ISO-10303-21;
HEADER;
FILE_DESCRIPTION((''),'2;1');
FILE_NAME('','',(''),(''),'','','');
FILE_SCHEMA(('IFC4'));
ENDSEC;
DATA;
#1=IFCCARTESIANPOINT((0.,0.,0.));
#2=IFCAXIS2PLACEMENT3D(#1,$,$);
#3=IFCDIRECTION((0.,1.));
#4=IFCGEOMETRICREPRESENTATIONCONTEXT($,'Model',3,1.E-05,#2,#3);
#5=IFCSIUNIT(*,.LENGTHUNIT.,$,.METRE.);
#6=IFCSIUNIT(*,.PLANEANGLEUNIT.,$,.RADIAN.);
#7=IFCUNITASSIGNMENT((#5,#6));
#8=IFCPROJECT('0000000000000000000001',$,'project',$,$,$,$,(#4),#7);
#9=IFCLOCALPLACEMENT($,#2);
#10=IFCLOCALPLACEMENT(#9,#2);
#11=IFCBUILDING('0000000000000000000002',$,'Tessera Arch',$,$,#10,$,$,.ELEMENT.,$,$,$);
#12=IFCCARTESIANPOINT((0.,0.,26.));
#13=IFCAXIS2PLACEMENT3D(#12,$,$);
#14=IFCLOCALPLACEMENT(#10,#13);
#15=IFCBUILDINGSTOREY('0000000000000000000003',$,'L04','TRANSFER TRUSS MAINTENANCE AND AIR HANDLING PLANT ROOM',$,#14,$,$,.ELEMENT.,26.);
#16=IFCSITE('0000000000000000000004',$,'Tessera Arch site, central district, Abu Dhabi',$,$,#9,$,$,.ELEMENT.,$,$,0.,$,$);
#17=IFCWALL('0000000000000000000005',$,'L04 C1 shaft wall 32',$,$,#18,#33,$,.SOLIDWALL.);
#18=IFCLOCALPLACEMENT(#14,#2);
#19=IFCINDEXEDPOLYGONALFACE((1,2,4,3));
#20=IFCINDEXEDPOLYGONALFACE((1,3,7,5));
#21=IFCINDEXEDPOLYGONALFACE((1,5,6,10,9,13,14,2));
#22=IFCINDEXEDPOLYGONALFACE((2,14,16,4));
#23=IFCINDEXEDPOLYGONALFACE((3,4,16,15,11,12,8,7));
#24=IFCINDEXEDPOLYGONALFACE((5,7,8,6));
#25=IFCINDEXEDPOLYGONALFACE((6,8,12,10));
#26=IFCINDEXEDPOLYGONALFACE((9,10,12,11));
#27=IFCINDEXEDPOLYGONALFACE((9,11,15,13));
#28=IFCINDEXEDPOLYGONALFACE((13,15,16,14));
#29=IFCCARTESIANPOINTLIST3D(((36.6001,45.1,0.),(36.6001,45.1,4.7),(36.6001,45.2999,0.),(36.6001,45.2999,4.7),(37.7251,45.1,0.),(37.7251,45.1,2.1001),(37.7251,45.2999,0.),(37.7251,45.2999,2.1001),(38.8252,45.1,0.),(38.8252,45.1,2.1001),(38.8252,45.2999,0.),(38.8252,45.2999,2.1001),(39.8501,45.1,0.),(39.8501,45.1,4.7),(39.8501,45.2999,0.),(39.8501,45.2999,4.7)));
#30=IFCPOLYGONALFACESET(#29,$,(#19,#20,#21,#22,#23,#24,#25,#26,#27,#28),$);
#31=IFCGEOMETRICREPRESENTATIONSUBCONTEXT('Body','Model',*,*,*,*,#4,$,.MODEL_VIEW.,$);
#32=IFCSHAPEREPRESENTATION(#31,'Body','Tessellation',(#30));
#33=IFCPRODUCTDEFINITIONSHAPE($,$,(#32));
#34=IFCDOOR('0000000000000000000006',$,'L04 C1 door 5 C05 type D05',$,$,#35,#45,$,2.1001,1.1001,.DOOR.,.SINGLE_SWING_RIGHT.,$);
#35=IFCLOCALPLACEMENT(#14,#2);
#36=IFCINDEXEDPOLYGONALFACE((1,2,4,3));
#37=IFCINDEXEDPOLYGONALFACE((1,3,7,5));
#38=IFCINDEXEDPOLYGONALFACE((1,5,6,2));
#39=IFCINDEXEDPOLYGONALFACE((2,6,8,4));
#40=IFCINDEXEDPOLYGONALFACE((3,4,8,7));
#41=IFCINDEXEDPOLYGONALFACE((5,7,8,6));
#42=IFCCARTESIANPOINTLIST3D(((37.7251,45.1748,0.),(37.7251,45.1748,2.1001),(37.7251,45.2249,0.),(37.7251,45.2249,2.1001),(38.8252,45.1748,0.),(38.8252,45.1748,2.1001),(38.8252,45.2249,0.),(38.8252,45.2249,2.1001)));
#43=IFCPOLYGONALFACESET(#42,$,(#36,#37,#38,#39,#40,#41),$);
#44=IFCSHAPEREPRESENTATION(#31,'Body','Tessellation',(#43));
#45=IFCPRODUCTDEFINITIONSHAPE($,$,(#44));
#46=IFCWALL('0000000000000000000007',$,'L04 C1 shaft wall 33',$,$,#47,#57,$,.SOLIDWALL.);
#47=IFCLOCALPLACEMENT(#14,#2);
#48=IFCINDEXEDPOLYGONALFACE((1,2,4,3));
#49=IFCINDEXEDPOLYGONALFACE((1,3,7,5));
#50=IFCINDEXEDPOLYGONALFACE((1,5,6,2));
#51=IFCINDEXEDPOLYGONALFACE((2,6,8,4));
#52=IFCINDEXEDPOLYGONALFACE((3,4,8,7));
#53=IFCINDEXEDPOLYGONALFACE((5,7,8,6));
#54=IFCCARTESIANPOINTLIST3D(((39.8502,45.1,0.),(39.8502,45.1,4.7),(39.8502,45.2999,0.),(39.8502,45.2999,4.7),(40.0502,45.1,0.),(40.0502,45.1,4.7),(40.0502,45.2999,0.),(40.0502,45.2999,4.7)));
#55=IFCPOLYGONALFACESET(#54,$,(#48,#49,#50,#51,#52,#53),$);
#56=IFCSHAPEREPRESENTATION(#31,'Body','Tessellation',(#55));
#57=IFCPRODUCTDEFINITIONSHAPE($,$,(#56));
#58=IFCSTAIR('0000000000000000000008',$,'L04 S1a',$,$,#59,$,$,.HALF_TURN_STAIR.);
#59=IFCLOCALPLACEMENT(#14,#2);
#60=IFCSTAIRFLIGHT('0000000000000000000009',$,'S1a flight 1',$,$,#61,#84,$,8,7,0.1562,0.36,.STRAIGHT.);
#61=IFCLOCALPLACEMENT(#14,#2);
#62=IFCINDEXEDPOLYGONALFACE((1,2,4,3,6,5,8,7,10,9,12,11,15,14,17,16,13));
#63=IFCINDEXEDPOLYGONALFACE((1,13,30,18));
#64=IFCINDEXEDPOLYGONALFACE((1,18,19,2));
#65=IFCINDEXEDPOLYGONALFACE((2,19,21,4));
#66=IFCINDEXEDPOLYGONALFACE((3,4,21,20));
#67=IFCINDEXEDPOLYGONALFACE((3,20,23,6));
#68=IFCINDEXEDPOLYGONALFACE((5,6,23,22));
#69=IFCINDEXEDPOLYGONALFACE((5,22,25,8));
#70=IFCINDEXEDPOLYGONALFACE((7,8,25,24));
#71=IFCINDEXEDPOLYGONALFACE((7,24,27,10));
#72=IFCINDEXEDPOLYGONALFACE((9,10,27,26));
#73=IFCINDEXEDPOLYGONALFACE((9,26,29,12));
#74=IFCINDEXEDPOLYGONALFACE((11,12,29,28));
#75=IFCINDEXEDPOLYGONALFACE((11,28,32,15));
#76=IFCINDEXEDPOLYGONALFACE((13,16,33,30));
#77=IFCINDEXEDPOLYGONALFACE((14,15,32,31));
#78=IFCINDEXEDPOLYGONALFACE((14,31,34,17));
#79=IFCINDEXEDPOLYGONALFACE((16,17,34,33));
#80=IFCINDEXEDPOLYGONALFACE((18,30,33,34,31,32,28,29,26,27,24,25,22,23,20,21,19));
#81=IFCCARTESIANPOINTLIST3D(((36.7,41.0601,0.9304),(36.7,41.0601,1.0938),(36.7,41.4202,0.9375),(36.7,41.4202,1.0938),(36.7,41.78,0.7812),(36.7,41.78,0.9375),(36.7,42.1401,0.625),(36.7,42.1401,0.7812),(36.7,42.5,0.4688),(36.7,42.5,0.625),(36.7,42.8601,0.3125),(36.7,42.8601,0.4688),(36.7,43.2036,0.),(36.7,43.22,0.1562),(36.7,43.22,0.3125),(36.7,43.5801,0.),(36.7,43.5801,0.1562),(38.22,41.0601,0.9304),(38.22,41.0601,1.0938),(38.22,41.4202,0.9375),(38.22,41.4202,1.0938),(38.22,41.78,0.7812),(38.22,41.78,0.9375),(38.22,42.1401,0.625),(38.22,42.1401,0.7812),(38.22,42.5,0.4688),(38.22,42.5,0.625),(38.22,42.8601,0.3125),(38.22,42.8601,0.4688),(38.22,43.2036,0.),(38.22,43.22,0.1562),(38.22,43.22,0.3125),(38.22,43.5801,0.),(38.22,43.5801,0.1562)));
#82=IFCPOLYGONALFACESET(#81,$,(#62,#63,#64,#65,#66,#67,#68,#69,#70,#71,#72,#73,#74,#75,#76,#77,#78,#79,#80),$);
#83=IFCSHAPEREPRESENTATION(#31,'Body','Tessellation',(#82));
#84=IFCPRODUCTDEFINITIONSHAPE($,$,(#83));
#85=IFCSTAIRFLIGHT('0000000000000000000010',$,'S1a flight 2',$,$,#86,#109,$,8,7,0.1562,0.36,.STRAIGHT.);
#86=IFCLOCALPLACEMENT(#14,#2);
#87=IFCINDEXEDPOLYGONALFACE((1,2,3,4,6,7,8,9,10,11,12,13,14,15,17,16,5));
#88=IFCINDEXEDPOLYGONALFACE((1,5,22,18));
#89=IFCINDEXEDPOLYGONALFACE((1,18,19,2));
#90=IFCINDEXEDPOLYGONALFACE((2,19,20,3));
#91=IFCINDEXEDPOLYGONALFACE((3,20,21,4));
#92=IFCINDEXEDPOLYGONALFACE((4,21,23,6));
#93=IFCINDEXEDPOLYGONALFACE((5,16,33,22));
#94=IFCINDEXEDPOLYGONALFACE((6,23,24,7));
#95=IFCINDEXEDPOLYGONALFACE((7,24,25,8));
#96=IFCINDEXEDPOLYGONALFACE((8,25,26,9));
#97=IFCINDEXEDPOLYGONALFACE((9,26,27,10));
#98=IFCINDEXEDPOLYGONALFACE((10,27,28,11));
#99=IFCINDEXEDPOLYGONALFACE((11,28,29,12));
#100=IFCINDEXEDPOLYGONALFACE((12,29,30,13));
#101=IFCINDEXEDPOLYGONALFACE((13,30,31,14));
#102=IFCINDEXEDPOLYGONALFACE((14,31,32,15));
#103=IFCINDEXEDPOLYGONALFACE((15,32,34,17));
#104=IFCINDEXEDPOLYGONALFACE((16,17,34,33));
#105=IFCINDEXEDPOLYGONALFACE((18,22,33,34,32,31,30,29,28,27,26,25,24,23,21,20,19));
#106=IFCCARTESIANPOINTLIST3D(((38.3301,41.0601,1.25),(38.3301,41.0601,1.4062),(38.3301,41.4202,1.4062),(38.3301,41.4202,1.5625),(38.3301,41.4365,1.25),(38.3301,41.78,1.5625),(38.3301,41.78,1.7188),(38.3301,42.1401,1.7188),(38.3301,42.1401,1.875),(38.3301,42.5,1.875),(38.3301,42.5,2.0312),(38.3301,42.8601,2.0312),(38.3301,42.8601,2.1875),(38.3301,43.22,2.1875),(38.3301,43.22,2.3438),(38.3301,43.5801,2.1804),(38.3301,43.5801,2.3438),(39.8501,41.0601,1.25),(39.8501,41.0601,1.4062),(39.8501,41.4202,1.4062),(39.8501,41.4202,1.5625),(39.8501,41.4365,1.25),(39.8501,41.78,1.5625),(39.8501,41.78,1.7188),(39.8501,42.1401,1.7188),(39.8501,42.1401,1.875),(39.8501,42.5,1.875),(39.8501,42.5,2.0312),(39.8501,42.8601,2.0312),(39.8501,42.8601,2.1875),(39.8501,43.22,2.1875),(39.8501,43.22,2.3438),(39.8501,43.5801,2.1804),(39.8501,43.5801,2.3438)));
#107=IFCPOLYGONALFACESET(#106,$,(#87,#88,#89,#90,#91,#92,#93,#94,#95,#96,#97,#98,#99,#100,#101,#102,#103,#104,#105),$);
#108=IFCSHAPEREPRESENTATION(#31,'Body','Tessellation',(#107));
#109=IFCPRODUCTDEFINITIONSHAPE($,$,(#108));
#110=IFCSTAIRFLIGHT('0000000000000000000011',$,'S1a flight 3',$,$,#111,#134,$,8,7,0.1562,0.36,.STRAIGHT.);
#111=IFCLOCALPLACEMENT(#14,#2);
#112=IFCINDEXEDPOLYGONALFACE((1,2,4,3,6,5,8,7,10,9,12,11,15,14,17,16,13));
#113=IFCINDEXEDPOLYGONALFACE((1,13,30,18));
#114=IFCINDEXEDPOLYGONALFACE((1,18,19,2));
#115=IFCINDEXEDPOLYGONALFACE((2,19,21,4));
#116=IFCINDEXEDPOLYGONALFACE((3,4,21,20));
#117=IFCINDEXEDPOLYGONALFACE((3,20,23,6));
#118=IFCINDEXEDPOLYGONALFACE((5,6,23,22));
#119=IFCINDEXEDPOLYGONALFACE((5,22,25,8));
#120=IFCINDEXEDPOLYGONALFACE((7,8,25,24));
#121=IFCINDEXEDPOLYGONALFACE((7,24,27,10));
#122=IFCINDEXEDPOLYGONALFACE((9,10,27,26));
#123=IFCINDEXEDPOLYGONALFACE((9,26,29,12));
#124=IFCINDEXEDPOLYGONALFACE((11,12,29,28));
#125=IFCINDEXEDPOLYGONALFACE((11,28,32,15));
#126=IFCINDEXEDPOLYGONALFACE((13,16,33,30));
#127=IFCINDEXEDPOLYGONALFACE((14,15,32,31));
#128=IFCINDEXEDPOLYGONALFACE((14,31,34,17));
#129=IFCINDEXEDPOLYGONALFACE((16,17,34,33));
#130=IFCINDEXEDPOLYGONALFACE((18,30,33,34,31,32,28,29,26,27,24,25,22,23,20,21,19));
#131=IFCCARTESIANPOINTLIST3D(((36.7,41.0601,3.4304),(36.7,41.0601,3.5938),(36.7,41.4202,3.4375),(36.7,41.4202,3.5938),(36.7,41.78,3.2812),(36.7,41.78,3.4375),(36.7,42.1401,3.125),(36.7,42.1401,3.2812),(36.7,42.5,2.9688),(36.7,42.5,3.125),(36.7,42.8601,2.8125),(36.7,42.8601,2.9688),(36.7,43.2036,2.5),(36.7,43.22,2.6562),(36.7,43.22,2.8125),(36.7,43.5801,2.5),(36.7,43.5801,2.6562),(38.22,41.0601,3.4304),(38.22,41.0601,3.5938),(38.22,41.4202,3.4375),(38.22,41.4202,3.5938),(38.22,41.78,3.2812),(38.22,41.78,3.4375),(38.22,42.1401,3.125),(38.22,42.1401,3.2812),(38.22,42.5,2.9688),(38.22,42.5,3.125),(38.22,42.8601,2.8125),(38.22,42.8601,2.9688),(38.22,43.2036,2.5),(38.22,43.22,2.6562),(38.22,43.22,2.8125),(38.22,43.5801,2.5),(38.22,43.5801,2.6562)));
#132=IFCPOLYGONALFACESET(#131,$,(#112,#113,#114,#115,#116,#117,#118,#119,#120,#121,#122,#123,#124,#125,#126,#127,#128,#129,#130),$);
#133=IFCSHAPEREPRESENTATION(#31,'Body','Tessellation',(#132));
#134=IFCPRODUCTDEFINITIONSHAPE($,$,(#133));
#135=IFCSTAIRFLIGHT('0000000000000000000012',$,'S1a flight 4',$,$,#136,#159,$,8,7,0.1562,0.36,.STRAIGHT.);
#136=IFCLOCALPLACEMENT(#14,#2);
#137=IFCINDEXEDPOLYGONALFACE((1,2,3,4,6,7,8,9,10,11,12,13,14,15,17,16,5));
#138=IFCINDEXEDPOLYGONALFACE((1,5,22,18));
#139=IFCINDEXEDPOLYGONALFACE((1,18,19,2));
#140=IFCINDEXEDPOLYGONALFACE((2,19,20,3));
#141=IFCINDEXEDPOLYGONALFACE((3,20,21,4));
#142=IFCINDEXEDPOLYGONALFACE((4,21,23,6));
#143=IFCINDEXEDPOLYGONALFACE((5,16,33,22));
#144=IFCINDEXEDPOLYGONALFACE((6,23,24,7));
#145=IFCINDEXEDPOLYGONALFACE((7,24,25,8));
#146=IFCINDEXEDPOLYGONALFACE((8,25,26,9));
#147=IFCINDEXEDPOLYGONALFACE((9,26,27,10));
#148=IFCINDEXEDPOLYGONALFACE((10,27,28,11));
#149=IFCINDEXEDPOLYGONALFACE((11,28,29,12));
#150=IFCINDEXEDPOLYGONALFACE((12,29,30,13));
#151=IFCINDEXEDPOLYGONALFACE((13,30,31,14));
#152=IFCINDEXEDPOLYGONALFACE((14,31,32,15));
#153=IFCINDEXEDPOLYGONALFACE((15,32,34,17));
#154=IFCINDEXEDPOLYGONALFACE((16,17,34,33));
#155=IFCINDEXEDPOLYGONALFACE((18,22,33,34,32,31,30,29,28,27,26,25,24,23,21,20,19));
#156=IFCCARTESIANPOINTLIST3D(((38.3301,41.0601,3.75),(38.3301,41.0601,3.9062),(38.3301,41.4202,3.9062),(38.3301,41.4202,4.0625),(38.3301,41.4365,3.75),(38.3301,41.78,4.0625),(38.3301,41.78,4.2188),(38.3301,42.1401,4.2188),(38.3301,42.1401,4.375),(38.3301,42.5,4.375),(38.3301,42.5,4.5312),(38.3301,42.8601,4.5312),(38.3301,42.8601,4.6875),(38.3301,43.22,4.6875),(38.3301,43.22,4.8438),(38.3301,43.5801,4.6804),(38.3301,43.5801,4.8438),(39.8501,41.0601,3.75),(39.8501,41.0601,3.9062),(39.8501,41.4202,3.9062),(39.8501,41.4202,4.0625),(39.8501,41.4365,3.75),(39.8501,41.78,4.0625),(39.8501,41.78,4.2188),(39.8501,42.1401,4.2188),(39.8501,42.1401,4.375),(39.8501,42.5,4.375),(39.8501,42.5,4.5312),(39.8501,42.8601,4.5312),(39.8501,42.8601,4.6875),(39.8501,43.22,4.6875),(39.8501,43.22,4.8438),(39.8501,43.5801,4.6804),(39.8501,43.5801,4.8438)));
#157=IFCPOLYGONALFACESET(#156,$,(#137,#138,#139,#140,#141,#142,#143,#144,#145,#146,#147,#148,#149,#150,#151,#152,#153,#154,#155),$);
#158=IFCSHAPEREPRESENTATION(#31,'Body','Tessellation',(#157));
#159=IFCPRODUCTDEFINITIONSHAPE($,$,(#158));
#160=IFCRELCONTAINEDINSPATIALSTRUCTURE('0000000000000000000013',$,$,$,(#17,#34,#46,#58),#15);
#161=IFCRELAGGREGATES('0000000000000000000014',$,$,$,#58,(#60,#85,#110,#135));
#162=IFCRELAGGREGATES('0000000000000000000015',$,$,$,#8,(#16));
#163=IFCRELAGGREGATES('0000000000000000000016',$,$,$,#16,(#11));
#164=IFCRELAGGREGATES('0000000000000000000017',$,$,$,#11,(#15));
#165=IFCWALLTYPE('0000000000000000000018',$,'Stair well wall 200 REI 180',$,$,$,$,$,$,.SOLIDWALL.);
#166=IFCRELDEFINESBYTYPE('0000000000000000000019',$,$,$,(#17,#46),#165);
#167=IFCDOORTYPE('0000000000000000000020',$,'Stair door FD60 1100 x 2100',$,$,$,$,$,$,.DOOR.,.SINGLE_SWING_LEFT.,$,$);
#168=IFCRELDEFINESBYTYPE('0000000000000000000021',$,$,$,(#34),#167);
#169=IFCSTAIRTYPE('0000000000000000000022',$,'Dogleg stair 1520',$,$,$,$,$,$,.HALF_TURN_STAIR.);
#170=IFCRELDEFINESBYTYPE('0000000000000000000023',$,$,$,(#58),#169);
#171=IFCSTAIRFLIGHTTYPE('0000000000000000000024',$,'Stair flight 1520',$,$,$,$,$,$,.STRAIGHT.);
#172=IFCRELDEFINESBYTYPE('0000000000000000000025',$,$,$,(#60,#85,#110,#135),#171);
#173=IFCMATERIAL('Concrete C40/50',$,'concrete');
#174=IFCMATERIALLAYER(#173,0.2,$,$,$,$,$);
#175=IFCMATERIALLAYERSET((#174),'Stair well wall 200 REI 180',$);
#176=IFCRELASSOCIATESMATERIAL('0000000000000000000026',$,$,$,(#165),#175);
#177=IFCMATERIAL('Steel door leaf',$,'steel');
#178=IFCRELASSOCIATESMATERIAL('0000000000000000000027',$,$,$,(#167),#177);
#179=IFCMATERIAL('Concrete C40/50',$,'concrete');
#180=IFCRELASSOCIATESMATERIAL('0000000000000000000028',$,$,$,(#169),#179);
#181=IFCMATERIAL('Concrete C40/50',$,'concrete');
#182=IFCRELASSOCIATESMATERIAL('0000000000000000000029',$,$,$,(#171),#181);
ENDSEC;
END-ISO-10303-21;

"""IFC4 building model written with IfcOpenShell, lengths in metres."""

from ifc_helpers import new_model, si_unit, direction, frame, frame_2d, origin, place, context, subcontext, project, spatial, polyline, rectangle, outline, extrude, material, layer, layer_set, type_object, element, fill, aggregate, save


model = new_model("IFC4")

# Units and contexts
model_context = context("Model", 3, precision=1e-05, world=origin(), true_north=direction((0.0, 1.0)))
body_context = subcontext(model_context, "Body", "Model", "MODEL_VIEW")
ifc_project = project(units=[si_unit("LENGTHUNIT", "METRE"), si_unit("PLANEANGLEUNIT", "RADIAN")], contexts=[model_context])

# Site, building, storey
site_placement = place(None, origin())
site = spatial("IfcSite", under=ifc_project, at=site_placement, Name="Tessera Arch site, central district, Abu Dhabi", CompositionType="ELEMENT", RefElevation=0.0)
building_placement = place(site_placement, origin())
building = spatial("IfcBuilding", under=site, at=building_placement, Name="Tessera Arch", CompositionType="ELEMENT")
storey_placement = place(building_placement, frame((0.0, 0.0, 26.0)))
storey = spatial("IfcBuildingStorey", under=building, at=storey_placement, Name="L04", Description="TRANSFER TRUSS MAINTENANCE AND AIR HANDLING PLANT ROOM", CompositionType="ELEMENT", Elevation=26.0)

# Shared definitions
ifc_material_1 = material(Name="Concrete C40/50", Category="concrete")
ifc_layer_1 = layer(ifc_material_1, 0.2)
ifc_layer_set_1 = layer_set([ifc_layer_1], Name="Stair well wall 200 REI 180")
wall_type_1 = type_object("IfcWallType", Name="Stair well wall 200 REI 180", PredefinedType="SOLIDWALL", material=ifc_layer_set_1)

# Wall, opening, door
wall_1_placement = place(storey_placement, frame((36.6001, 45.2, 0.0), z_axis=(0.0, 0.0, 1.0), x_axis=(1.0, 0.0, 0.0)))
wall_1 = element("IfcWall", 1, at=wall_1_placement, inside=storey, type_object=wall_type_1, Name="L04 C1 shaft wall 32", PredefinedType="SOLIDWALL", context=body_context, shape_type="SweptSolid", body=[
    extrude(rectangle(XDim=3.25, YDim=0.2, at=frame_2d((1.625, 0.0))), origin(), (0.0, 0.0, 1.0), 4.7),
])
opening_1_placement = place(wall_1_placement, frame((1.125, 0.0, 0.0)))
opening_1 = element("IfcOpeningElement", 2, at=opening_1_placement, cuts=wall_1, PredefinedType="OPENING", context=body_context, shape_type="SweptSolid", body=[
    extrude(rectangle(XDim=1.1001, YDim=2.1001, at=frame_2d((0.55, 1.05))), frame((0.0, 0.1099, 0.0), z_axis=(0.0, -1.0, 0.0), x_axis=(1.0, 0.0, 0.0)), (0.0, 0.0, 1.0), 0.22),
])
ifc_material_2 = material(Name="Steel door leaf", Category="steel")
door_type_1 = type_object("IfcDoorType", Name="Stair door FD60 1100 x 2100", OperationType="SINGLE_SWING_LEFT", PredefinedType="DOOR", material=ifc_material_2)
door_1_placement = place(opening_1_placement, origin())
door_1 = element("IfcDoor", 3, at=door_1_placement, inside=storey, type_object=door_type_1, Name="L04 C1 door 5 C05 type D05", OperationType="SINGLE_SWING_RIGHT", OverallHeight=2.1001, OverallWidth=1.1001, PredefinedType="DOOR", context=body_context, shape_type="SweptSolid", body=[
    extrude(rectangle(XDim=1.1001, YDim=2.1001, at=frame_2d((0.55, 1.05))), frame((0.0, 0.0249, 0.0), z_axis=(0.0, -1.0, 0.0), x_axis=(1.0, 0.0, 0.0)), (0.0, 0.0, 1.0), 0.05),
])
fill(opening_1, door_1)

# Wall
wall_2_placement = place(storey_placement, frame((39.8501, 45.2, 0.0), z_axis=(0.0, 0.0, 1.0), x_axis=(1.0, 0.0, 0.0)))
element("IfcWall", 4, at=wall_2_placement, inside=storey, type_object=wall_type_1, Name="L04 C1 shaft wall 33", PredefinedType="SOLIDWALL", context=body_context, shape_type="SweptSolid", body=[
    extrude(rectangle(XDim=0.2, YDim=0.2, at=frame_2d((0.1001, 0.0))), origin(), (0.0, 0.0, 1.0), 4.7),
])

# Stair, stair flights
ifc_material_3 = material(Name="Concrete C40/50", Category="concrete")
stair_type = type_object("IfcStairType", Name="Dogleg stair 1520", PredefinedType="HALF_TURN_STAIR", material=ifc_material_3)
stair_placement = place(storey_placement, origin())
stair = element("IfcStair", 5, at=stair_placement, inside=storey, type_object=stair_type, Name="L04 S1a", PredefinedType="HALF_TURN_STAIR")
ifc_material_4 = material(Name="Concrete C40/50", Category="concrete")
stair_flight_type = type_object("IfcStairFlightType", Name="Stair flight 1520", PredefinedType="STRAIGHT", material=ifc_material_4)
stair_flight_1_placement = place(storey_placement, frame((37.46, 43.5801, 0.0), z_axis=(0.0, 0.0, 1.0), x_axis=(0.0, -1.0, 0.0)))
stair_flight_1 = element("IfcStairFlight", 6, at=stair_flight_1_placement, type_object=stair_flight_type, Name="S1a flight 1", NumberOfRisers=8, NumberOfTreads=7, PredefinedType="STRAIGHT", RiserHeight=0.1562, TreadLength=0.36, context=body_context, shape_type="SweptSolid", body=[
    extrude(outline(polyline([(0.0, 0.0), (0.0, 0.1562), (0.3601, 0.1562), (0.3601, 0.3125), (0.72, 0.3125), (0.72, 0.4688), (1.0801, 0.4688), (1.0801, 0.625), (1.4399, 0.625), (1.4399, 0.7812), (1.8, 0.7812), (1.8, 0.9375), (2.1599, 0.9375), (2.1599, 1.0938), (2.52, 1.0938), (2.52, 1.25), (2.52, 0.9304), (0.3765, 0.0), (0.0, 0.0)])), frame((0.0, 0.76, 0.0), z_axis=(0.0, -1.0, 0.0), x_axis=(1.0, 0.0, 0.0)), (0.0, 0.0, 1.0), 1.52),
])
stair_flight_2_placement = place(storey_placement, frame((39.0901, 41.0601, 1.25), z_axis=(0.0, 0.0, 1.0), x_axis=(0.0, 1.0, 0.0)))
stair_flight_2 = element("IfcStairFlight", 7, at=stair_flight_2_placement, type_object=stair_flight_type, Name="S1a flight 2", NumberOfRisers=8, NumberOfTreads=7, PredefinedType="STRAIGHT", RiserHeight=0.1562, TreadLength=0.36, context=body_context, shape_type="SweptSolid", body=[
    extrude(outline(polyline([(0.0, 0.0), (0.0, 0.1562), (0.3601, 0.1562), (0.3601, 0.3125), (0.72, 0.3125), (0.72, 0.4688), (1.0801, 0.4688), (1.0801, 0.625), (1.4399, 0.625), (1.4399, 0.7812), (1.8, 0.7812), (1.8, 0.9375), (2.1599, 0.9375), (2.1599, 1.0938), (2.52, 1.0938), (2.52, 1.25), (2.52, 0.9304), (0.3765, 0.0), (0.0, 0.0)])), frame((0.0, 0.76, 0.0), z_axis=(0.0, -1.0, 0.0), x_axis=(1.0, 0.0, 0.0)), (0.0, 0.0, 1.0), 1.52),
])
stair_flight_3_placement = place(storey_placement, frame((37.46, 43.5801, 2.5), z_axis=(0.0, 0.0, 1.0), x_axis=(0.0, -1.0, 0.0)))
stair_flight_3 = element("IfcStairFlight", 8, at=stair_flight_3_placement, type_object=stair_flight_type, Name="S1a flight 3", NumberOfRisers=8, NumberOfTreads=7, PredefinedType="STRAIGHT", RiserHeight=0.1562, TreadLength=0.36, context=body_context, shape_type="SweptSolid", body=[
    extrude(outline(polyline([(0.0, 0.0), (0.0, 0.1562), (0.3601, 0.1562), (0.3601, 0.3125), (0.72, 0.3125), (0.72, 0.4688), (1.0801, 0.4688), (1.0801, 0.625), (1.4399, 0.625), (1.4399, 0.7812), (1.8, 0.7812), (1.8, 0.9375), (2.1599, 0.9375), (2.1599, 1.0938), (2.52, 1.0938), (2.52, 1.25), (2.52, 0.9304), (0.3765, 0.0), (0.0, 0.0)])), frame((0.0, 0.76, 0.0), z_axis=(0.0, -1.0, 0.0), x_axis=(1.0, 0.0, 0.0)), (0.0, 0.0, 1.0), 1.52),
])
stair_flight_4_placement = place(storey_placement, frame((39.0901, 41.0601, 3.75), z_axis=(0.0, 0.0, 1.0), x_axis=(0.0, 1.0, 0.0)))
stair_flight_4 = element("IfcStairFlight", 9, at=stair_flight_4_placement, type_object=stair_flight_type, Name="S1a flight 4", NumberOfRisers=8, NumberOfTreads=7, PredefinedType="STRAIGHT", RiserHeight=0.1562, TreadLength=0.36, context=body_context, shape_type="SweptSolid", body=[
    extrude(outline(polyline([(0.0, 0.0), (0.0, 0.1562), (0.3601, 0.1562), (0.3601, 0.3125), (0.72, 0.3125), (0.72, 0.4688), (1.0801, 0.4688), (1.0801, 0.625), (1.4399, 0.625), (1.4399, 0.7812), (1.8, 0.7812), (1.8, 0.9375), (2.1599, 0.9375), (2.1599, 1.0938), (2.52, 1.0938), (2.52, 1.25), (2.52, 0.9304), (0.3765, 0.0), (0.0, 0.0)])), frame((0.0, 0.76, 0.0), z_axis=(0.0, -1.0, 0.0), x_axis=(1.0, 0.0, 0.0)), (0.0, 0.0, 1.0), 1.52),
])
aggregate(stair, [stair_flight_1, stair_flight_2, stair_flight_3, stair_flight_4])

save(model, "model.ifc")
